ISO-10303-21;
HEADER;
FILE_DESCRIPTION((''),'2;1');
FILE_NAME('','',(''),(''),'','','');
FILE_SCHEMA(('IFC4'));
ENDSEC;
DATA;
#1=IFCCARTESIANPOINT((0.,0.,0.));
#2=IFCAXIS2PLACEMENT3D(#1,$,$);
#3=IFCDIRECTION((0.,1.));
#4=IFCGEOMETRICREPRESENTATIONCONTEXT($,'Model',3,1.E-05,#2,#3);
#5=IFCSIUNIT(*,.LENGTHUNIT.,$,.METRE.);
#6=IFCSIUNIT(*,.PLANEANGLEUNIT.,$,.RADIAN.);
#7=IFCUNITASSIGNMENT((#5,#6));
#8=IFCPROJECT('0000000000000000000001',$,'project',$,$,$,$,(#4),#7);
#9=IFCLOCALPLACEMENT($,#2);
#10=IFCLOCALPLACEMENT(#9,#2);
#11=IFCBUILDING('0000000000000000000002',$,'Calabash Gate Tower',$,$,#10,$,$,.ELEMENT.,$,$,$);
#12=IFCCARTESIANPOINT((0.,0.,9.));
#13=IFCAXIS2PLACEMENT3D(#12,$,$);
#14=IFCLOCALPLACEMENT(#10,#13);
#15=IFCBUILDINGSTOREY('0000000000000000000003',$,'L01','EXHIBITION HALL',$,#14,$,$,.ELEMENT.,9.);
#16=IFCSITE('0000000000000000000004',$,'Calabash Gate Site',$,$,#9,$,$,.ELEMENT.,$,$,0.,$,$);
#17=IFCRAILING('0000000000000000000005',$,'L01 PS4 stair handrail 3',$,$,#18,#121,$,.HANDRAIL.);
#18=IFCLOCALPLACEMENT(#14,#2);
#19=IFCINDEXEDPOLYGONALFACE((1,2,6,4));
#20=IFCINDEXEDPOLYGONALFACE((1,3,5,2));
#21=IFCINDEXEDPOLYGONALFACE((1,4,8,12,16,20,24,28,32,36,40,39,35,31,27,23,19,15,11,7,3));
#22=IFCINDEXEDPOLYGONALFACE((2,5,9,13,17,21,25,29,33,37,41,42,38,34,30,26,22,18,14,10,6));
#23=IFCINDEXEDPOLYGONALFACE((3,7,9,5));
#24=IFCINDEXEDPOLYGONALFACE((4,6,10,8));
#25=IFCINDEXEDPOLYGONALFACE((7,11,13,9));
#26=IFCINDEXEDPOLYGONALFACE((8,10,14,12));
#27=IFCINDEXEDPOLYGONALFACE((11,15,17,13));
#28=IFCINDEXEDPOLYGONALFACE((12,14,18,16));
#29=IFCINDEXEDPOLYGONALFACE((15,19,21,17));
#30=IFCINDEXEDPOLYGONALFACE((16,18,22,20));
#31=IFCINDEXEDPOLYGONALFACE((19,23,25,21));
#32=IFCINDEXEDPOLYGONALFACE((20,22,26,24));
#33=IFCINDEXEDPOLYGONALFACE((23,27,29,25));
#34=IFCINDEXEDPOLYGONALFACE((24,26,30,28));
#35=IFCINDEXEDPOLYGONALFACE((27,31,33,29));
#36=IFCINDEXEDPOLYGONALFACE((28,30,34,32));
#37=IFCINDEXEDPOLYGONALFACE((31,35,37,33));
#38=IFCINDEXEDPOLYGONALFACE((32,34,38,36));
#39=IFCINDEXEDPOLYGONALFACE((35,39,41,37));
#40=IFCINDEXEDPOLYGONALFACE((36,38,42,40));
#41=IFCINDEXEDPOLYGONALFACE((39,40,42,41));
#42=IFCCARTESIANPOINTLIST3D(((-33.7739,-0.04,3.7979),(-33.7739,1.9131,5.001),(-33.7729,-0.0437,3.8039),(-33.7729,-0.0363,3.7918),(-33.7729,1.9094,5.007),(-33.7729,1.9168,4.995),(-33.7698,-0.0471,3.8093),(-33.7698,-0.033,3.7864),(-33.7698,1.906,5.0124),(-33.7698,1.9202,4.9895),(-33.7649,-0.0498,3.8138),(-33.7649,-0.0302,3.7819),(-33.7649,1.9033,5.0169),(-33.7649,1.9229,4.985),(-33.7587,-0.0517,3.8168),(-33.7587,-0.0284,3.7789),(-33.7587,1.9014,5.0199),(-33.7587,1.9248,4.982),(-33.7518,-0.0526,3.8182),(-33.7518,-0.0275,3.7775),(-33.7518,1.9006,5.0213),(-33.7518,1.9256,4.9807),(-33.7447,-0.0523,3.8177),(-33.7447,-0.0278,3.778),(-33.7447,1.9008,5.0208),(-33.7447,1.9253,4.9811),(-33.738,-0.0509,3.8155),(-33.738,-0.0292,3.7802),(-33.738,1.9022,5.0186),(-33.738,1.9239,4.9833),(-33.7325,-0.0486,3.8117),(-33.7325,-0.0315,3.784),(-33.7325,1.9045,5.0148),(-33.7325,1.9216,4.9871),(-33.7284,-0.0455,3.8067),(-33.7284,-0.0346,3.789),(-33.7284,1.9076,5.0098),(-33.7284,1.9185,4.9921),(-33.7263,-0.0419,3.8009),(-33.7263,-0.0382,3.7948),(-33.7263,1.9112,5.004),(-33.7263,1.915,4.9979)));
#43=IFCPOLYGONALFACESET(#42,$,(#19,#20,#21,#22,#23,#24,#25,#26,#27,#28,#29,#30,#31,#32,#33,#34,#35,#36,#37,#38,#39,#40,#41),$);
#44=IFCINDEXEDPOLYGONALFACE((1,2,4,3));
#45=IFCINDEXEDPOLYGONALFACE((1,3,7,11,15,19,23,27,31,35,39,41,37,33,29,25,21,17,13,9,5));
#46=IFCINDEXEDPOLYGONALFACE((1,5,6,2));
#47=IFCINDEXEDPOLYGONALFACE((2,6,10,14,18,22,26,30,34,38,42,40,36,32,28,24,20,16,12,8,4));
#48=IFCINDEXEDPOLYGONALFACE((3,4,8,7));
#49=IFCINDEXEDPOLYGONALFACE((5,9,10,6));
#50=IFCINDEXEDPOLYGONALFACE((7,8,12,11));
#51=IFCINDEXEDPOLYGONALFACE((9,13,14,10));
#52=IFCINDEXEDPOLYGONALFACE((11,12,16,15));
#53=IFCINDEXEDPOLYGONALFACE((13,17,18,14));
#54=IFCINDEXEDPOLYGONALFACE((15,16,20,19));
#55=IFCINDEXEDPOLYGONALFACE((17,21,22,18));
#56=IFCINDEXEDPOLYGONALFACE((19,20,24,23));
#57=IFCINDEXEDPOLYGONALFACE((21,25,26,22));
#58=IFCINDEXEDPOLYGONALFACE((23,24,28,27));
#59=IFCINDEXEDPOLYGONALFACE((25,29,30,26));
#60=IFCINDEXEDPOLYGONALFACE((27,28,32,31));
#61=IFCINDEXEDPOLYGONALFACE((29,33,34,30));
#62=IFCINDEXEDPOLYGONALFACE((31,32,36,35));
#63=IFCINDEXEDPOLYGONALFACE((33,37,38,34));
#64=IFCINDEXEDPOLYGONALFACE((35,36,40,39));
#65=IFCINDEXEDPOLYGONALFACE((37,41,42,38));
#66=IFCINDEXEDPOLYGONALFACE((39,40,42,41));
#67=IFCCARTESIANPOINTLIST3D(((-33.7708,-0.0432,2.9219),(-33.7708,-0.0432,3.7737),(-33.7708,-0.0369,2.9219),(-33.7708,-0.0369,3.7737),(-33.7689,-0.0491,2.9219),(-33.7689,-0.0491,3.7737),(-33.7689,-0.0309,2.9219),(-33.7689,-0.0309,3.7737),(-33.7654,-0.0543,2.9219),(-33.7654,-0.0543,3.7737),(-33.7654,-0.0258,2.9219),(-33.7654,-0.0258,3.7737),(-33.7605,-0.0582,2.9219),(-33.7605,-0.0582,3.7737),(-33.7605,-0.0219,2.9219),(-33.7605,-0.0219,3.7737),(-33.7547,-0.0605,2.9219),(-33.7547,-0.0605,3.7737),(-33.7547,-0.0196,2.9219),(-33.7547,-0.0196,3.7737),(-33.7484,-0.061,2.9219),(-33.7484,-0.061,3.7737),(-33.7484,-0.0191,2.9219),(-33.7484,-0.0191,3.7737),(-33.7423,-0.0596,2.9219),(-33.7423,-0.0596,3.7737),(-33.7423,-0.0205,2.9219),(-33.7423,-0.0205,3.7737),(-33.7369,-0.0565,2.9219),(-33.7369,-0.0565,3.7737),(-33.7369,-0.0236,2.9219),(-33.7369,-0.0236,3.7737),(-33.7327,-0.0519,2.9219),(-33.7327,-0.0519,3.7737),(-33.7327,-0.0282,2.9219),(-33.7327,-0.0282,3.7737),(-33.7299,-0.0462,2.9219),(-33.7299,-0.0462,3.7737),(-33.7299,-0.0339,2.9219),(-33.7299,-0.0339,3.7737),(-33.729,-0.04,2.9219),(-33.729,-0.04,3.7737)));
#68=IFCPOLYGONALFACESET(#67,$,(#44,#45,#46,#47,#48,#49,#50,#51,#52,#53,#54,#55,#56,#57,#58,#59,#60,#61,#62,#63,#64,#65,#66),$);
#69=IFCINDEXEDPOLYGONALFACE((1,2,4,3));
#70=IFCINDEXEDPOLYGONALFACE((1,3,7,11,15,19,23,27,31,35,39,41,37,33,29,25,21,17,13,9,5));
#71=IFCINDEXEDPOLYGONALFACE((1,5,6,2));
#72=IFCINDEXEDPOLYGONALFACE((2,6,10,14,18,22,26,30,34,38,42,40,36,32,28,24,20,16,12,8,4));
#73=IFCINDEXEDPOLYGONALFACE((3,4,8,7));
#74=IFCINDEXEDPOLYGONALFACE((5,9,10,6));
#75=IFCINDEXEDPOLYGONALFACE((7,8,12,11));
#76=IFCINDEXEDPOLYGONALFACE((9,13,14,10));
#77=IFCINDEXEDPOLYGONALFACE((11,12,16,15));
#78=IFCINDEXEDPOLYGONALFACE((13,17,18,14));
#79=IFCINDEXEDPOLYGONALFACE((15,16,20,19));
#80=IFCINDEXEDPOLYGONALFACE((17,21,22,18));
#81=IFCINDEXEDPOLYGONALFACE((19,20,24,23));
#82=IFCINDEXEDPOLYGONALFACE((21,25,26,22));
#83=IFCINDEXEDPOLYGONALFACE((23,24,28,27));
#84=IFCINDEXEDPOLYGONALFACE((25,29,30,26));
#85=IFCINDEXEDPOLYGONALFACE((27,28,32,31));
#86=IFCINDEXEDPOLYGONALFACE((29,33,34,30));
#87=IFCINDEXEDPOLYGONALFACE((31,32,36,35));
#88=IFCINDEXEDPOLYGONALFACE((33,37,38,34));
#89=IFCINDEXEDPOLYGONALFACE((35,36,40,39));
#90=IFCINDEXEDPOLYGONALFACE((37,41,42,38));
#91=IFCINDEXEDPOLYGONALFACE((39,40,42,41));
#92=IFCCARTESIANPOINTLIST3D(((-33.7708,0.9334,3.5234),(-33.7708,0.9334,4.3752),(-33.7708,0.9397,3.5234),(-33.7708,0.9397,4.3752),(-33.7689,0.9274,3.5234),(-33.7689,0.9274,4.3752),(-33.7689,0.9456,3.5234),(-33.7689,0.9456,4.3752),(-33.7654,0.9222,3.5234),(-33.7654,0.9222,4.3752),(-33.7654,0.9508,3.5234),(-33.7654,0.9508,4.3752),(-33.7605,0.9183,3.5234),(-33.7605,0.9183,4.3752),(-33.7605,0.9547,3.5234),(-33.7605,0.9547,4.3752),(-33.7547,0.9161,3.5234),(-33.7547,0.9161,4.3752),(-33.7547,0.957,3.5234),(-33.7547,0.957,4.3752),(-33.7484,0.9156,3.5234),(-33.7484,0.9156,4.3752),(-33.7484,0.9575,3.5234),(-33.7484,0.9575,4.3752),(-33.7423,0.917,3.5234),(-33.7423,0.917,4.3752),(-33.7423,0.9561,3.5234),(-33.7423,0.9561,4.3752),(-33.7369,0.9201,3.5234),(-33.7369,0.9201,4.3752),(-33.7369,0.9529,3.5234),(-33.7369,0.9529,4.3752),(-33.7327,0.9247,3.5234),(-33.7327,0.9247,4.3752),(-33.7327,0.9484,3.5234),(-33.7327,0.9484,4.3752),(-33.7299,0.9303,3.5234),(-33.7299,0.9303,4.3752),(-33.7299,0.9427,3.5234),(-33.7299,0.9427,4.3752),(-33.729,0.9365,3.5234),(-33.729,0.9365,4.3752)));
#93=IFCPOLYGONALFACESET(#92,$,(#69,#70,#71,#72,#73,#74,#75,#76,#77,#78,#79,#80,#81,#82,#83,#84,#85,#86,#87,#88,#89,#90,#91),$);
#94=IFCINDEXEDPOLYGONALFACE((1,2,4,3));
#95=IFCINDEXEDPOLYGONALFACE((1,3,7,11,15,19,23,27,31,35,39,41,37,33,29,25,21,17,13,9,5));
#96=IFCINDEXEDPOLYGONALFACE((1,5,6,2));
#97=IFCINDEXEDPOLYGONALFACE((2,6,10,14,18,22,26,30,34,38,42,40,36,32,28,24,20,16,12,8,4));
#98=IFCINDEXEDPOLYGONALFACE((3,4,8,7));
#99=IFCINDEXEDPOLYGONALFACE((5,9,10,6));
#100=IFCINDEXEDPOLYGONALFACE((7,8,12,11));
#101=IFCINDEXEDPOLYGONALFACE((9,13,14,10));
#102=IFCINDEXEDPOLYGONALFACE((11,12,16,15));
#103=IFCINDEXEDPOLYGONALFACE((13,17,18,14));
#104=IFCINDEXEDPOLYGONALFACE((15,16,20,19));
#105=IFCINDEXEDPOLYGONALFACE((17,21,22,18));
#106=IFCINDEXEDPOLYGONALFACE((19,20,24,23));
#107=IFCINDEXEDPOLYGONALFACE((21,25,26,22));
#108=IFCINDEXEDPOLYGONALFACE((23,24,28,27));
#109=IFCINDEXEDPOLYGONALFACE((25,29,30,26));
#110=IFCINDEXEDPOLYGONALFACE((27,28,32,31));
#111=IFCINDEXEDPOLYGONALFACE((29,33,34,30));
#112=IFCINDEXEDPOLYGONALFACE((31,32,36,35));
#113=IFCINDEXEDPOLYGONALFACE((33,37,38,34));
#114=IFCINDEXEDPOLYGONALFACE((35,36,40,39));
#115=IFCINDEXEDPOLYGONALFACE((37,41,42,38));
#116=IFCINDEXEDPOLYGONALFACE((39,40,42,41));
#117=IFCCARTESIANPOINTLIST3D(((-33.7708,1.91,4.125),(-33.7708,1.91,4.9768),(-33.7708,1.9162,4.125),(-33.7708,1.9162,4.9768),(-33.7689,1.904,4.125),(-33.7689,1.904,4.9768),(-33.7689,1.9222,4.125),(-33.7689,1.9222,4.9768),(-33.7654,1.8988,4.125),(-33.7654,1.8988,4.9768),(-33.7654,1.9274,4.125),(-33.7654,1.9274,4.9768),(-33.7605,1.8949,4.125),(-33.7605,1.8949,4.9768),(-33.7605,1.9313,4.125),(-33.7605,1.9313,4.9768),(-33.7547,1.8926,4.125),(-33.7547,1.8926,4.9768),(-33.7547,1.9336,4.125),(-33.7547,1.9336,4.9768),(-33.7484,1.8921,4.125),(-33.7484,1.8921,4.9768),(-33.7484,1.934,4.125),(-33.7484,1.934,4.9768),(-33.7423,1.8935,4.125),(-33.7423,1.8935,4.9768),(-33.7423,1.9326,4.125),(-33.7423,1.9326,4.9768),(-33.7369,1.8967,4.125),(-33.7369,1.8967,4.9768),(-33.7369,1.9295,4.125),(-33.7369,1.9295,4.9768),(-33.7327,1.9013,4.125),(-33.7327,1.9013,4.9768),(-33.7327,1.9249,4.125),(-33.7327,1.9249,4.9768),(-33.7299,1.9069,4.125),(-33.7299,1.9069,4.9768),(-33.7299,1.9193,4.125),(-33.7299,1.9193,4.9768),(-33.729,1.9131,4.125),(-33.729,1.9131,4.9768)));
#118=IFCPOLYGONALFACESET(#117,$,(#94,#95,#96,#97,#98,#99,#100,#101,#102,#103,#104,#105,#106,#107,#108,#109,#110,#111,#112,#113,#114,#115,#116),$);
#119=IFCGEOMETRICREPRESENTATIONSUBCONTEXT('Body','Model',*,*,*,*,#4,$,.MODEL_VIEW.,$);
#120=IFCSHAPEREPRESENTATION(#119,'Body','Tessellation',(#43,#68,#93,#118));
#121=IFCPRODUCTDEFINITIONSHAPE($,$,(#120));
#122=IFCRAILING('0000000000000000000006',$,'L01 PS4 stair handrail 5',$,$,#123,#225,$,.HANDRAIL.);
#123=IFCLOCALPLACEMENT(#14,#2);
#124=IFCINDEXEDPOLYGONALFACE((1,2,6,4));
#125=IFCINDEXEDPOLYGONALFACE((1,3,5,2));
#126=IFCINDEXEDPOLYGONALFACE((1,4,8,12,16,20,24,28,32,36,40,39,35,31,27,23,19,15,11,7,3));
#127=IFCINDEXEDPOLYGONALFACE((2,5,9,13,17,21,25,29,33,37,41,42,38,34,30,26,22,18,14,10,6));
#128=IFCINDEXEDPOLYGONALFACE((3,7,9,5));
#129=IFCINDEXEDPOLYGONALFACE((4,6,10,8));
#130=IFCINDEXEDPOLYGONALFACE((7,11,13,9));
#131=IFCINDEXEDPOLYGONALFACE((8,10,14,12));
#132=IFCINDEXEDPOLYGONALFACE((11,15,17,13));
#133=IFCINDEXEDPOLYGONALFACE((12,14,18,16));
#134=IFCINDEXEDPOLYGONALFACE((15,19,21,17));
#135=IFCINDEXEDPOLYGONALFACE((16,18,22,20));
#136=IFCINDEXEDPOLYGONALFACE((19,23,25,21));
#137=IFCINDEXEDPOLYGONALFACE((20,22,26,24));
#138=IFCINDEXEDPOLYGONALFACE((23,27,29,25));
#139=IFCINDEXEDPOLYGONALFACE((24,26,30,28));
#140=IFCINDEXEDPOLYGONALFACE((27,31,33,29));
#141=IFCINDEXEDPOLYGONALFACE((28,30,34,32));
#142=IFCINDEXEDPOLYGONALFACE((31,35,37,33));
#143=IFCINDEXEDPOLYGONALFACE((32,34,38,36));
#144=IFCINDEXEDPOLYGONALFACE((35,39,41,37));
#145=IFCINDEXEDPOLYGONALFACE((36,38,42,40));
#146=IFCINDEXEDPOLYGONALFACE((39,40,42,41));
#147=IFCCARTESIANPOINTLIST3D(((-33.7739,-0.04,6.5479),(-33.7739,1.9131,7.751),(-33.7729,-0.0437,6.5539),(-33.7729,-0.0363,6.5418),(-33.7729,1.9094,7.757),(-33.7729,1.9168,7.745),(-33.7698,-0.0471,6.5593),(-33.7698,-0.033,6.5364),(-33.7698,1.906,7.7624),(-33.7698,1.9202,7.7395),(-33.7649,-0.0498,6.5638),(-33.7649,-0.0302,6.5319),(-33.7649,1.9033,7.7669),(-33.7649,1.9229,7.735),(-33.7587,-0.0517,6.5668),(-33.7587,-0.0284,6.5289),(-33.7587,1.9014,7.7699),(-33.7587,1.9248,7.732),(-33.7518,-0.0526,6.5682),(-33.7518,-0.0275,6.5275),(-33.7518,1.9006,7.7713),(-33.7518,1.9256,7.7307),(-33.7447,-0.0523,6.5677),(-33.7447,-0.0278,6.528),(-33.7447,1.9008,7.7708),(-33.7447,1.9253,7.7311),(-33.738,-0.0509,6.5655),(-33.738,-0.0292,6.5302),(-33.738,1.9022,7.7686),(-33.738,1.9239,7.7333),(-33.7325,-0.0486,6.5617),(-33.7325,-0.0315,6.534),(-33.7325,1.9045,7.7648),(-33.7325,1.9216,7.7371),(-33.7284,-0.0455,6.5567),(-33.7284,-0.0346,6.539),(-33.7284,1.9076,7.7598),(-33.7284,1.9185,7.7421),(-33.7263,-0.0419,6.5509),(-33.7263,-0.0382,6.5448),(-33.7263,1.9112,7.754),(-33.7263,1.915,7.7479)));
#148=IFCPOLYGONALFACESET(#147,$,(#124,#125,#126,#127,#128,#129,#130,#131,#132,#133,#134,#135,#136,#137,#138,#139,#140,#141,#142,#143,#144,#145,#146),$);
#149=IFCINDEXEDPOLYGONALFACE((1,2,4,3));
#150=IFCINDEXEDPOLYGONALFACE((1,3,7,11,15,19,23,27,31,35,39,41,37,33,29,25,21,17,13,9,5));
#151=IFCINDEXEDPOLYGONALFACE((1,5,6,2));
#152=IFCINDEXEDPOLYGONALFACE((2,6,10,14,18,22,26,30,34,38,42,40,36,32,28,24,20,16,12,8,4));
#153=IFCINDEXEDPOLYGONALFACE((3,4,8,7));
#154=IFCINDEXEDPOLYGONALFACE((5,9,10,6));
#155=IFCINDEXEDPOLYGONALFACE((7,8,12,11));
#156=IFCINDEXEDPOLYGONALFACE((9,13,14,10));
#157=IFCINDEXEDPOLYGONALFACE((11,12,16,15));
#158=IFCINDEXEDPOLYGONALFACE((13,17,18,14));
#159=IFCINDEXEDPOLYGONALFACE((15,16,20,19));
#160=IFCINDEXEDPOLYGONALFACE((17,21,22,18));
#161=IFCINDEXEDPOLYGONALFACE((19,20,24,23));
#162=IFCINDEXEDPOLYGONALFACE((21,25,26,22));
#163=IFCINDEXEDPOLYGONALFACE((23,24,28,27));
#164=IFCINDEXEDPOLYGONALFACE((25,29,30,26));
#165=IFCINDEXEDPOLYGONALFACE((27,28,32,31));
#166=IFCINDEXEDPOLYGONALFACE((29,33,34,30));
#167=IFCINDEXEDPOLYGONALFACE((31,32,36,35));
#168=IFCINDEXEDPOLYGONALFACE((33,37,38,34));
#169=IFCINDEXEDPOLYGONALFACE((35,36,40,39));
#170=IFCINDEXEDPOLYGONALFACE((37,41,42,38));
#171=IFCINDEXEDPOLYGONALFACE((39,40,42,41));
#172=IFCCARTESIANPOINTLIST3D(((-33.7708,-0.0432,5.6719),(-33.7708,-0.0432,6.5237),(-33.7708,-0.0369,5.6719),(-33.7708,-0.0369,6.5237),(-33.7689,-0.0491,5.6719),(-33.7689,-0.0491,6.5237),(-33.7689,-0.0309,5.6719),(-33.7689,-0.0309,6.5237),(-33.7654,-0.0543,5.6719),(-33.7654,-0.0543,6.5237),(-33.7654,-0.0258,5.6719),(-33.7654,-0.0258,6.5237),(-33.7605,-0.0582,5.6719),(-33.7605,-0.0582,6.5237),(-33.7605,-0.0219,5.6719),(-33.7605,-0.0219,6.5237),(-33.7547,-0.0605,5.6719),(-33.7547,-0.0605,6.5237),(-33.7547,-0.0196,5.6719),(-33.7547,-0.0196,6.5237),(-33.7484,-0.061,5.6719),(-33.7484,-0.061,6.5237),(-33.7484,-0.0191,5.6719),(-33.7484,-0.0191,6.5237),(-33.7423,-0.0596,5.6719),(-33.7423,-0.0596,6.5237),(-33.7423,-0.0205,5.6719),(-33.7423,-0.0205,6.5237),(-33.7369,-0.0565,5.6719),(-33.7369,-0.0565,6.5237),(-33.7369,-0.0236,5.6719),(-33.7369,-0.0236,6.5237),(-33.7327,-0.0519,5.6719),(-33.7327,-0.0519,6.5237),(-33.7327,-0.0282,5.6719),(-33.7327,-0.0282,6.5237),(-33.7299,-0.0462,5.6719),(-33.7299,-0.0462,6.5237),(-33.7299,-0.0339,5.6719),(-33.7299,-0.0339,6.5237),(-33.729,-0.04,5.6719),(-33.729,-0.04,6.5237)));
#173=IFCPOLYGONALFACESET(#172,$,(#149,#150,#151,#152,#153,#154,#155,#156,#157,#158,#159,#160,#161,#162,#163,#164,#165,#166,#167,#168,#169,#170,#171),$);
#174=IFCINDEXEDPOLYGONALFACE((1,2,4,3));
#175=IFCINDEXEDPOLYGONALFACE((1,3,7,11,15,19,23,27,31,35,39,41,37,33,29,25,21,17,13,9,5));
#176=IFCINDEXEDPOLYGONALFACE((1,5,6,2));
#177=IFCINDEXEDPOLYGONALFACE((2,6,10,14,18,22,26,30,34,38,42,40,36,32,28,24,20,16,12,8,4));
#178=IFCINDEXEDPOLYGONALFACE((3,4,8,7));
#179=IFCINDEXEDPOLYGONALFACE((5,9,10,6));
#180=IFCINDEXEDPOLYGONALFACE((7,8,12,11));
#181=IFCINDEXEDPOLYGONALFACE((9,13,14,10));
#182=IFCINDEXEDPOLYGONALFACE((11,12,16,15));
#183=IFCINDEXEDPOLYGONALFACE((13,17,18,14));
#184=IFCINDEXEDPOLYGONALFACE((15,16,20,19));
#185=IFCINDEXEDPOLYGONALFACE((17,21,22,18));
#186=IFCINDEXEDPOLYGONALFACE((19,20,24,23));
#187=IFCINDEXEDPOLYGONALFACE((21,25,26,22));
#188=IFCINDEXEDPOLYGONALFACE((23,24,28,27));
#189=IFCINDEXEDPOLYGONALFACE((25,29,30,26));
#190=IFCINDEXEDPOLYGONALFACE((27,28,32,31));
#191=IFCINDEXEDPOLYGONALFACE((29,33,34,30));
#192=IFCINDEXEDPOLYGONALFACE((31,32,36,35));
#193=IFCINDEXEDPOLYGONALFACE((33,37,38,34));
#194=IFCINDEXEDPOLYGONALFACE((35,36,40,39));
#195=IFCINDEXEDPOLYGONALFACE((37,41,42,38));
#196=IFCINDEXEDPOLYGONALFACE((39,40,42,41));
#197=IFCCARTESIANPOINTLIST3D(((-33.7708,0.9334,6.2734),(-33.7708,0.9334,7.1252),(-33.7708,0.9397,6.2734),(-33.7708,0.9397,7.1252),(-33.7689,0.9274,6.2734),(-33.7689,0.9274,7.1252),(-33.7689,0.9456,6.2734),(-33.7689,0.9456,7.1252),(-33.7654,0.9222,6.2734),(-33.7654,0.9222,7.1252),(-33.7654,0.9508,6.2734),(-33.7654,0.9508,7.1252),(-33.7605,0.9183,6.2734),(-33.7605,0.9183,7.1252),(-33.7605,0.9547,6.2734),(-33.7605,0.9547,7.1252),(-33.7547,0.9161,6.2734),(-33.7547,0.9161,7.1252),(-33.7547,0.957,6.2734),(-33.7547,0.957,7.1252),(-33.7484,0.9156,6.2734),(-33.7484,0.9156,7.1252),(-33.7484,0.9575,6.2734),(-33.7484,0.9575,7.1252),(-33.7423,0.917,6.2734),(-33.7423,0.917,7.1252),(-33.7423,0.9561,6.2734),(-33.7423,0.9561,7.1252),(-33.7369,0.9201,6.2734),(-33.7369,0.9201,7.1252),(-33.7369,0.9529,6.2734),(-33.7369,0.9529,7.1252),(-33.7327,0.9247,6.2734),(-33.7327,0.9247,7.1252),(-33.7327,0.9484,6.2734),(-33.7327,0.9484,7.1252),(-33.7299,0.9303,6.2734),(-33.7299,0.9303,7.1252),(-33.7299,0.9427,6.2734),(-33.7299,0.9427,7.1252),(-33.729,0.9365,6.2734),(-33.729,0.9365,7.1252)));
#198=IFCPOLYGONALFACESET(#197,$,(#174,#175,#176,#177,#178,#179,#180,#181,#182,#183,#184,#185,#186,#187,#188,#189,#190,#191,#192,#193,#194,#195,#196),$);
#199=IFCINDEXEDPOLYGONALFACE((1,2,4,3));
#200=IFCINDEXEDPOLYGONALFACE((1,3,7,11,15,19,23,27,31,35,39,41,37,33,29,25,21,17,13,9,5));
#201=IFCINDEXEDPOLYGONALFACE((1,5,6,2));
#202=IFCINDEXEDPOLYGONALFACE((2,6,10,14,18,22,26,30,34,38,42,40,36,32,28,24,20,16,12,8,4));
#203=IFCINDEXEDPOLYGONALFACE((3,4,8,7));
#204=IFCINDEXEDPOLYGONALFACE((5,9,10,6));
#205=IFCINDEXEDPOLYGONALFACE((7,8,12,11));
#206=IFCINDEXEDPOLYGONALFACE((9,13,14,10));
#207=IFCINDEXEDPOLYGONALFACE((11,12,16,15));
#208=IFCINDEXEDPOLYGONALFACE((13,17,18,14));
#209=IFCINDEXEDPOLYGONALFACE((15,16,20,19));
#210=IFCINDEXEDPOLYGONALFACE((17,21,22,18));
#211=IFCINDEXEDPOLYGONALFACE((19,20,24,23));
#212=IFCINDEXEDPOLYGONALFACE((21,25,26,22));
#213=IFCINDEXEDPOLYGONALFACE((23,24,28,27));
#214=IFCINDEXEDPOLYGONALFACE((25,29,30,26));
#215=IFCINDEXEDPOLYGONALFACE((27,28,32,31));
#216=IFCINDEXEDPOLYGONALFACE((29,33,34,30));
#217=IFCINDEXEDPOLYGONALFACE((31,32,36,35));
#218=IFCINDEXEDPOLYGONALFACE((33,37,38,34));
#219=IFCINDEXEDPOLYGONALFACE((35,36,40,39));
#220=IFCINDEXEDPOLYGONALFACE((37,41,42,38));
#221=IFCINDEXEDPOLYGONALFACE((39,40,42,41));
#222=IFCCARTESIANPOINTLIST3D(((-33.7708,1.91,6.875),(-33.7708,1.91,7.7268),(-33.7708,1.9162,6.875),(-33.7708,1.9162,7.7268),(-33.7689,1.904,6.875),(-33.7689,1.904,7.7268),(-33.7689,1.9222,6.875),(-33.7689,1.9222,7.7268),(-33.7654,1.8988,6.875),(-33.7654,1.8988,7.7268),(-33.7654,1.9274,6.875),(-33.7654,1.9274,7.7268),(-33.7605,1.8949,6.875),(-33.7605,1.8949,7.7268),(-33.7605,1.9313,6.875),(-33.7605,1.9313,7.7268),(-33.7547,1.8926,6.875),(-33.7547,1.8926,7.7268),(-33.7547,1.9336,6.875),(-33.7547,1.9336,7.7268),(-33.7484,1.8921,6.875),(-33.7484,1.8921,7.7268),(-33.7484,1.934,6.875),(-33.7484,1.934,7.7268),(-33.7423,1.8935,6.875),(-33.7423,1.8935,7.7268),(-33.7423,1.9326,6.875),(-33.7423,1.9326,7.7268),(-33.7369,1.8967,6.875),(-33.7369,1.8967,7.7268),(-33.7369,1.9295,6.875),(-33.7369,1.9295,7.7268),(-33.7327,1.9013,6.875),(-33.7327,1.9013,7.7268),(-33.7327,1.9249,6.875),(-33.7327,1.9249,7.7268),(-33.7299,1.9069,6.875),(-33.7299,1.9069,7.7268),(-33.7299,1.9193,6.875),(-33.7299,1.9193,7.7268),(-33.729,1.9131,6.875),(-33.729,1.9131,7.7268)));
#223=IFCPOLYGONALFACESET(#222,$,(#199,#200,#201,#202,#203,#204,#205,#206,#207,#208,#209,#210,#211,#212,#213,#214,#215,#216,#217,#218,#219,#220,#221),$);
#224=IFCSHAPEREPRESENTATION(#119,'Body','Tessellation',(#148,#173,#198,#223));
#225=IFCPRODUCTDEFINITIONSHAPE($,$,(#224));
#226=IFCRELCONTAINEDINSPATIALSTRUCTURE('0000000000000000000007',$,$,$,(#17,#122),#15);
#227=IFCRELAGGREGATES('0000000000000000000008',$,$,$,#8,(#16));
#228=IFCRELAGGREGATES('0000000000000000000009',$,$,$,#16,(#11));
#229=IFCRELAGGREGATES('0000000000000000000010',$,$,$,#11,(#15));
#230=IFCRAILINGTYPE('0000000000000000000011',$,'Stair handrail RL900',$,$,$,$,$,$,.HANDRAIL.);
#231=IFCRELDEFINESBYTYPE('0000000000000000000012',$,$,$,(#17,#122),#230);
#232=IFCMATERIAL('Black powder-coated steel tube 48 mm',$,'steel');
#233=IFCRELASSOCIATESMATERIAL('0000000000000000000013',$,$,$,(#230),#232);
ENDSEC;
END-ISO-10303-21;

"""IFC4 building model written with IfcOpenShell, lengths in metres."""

from ifc_helpers import new_model, si_unit, direction, frame, origin, origin_2d, place, context, subcontext, project, spatial, circle, extrude, material, type_object, element, save


model = new_model("IFC4")

# Units and contexts
model_context = context("Model", 3, precision=1e-05, world=origin(), true_north=direction((0.0, 1.0)))
body_context = subcontext(model_context, "Body", "Model", "MODEL_VIEW")
ifc_project = project(units=[si_unit("LENGTHUNIT", "METRE"), si_unit("PLANEANGLEUNIT", "RADIAN")], contexts=[model_context])

# Site, building, storey
site_placement = place(None, origin())
site = spatial("IfcSite", under=ifc_project, at=site_placement, Name="Calabash Gate Site", CompositionType="ELEMENT", RefElevation=0.0)
building_placement = place(site_placement, origin())
building = spatial("IfcBuilding", under=site, at=building_placement, Name="Calabash Gate Tower", CompositionType="ELEMENT")
storey_placement = place(building_placement, frame((0.0, 0.0, 9.0)))
storey = spatial("IfcBuildingStorey", under=building, at=storey_placement, Name="L01", Description="EXHIBITION HALL", CompositionType="ELEMENT", Elevation=9.0)

# Railings
ifc_material_1 = material(Name="Black powder-coated steel tube 48 mm", Category="steel")
railing_type = type_object("IfcRailingType", Name="Stair handrail RL900", PredefinedType="HANDRAIL", material=ifc_material_1)
for number, where, name in (
    (1, (-33.75, -0.04, 2.9219), "L01 PS4 stair handrail 3"),
    (2, (-33.75, -0.04, 5.6719), "L01 PS4 stair handrail 5"),
):
    element("IfcRailing", number, at=place(storey_placement, frame(where)), inside=storey, type_object=railing_type, Name=name, PredefinedType="HANDRAIL", context=body_context, shape_type="SweptSolid", body=[
        extrude(circle(Radius=0.0239, at=origin_2d()), frame((0.0, 0.0, 0.876), z_axis=(0.0, 0.851424, 0.524477), x_axis=(-1.0, 0.0, 0.0)), (0.0, 0.0, 1.0), 2.2939),
        extrude(circle(Radius=0.021, at=origin_2d()), origin(), (0.0, 0.0, 1.0), 0.8518),
        extrude(circle(Radius=0.021, at=origin_2d()), frame((0.0, 0.9766, 0.6016)), (0.0, 0.0, 1.0), 0.8518),
        extrude(circle(Radius=0.021, at=origin_2d()), frame((0.0, 1.9531, 1.2031)), (0.0, 0.0, 1.0), 0.8518),
    ])

save(model, "model.ifc")
